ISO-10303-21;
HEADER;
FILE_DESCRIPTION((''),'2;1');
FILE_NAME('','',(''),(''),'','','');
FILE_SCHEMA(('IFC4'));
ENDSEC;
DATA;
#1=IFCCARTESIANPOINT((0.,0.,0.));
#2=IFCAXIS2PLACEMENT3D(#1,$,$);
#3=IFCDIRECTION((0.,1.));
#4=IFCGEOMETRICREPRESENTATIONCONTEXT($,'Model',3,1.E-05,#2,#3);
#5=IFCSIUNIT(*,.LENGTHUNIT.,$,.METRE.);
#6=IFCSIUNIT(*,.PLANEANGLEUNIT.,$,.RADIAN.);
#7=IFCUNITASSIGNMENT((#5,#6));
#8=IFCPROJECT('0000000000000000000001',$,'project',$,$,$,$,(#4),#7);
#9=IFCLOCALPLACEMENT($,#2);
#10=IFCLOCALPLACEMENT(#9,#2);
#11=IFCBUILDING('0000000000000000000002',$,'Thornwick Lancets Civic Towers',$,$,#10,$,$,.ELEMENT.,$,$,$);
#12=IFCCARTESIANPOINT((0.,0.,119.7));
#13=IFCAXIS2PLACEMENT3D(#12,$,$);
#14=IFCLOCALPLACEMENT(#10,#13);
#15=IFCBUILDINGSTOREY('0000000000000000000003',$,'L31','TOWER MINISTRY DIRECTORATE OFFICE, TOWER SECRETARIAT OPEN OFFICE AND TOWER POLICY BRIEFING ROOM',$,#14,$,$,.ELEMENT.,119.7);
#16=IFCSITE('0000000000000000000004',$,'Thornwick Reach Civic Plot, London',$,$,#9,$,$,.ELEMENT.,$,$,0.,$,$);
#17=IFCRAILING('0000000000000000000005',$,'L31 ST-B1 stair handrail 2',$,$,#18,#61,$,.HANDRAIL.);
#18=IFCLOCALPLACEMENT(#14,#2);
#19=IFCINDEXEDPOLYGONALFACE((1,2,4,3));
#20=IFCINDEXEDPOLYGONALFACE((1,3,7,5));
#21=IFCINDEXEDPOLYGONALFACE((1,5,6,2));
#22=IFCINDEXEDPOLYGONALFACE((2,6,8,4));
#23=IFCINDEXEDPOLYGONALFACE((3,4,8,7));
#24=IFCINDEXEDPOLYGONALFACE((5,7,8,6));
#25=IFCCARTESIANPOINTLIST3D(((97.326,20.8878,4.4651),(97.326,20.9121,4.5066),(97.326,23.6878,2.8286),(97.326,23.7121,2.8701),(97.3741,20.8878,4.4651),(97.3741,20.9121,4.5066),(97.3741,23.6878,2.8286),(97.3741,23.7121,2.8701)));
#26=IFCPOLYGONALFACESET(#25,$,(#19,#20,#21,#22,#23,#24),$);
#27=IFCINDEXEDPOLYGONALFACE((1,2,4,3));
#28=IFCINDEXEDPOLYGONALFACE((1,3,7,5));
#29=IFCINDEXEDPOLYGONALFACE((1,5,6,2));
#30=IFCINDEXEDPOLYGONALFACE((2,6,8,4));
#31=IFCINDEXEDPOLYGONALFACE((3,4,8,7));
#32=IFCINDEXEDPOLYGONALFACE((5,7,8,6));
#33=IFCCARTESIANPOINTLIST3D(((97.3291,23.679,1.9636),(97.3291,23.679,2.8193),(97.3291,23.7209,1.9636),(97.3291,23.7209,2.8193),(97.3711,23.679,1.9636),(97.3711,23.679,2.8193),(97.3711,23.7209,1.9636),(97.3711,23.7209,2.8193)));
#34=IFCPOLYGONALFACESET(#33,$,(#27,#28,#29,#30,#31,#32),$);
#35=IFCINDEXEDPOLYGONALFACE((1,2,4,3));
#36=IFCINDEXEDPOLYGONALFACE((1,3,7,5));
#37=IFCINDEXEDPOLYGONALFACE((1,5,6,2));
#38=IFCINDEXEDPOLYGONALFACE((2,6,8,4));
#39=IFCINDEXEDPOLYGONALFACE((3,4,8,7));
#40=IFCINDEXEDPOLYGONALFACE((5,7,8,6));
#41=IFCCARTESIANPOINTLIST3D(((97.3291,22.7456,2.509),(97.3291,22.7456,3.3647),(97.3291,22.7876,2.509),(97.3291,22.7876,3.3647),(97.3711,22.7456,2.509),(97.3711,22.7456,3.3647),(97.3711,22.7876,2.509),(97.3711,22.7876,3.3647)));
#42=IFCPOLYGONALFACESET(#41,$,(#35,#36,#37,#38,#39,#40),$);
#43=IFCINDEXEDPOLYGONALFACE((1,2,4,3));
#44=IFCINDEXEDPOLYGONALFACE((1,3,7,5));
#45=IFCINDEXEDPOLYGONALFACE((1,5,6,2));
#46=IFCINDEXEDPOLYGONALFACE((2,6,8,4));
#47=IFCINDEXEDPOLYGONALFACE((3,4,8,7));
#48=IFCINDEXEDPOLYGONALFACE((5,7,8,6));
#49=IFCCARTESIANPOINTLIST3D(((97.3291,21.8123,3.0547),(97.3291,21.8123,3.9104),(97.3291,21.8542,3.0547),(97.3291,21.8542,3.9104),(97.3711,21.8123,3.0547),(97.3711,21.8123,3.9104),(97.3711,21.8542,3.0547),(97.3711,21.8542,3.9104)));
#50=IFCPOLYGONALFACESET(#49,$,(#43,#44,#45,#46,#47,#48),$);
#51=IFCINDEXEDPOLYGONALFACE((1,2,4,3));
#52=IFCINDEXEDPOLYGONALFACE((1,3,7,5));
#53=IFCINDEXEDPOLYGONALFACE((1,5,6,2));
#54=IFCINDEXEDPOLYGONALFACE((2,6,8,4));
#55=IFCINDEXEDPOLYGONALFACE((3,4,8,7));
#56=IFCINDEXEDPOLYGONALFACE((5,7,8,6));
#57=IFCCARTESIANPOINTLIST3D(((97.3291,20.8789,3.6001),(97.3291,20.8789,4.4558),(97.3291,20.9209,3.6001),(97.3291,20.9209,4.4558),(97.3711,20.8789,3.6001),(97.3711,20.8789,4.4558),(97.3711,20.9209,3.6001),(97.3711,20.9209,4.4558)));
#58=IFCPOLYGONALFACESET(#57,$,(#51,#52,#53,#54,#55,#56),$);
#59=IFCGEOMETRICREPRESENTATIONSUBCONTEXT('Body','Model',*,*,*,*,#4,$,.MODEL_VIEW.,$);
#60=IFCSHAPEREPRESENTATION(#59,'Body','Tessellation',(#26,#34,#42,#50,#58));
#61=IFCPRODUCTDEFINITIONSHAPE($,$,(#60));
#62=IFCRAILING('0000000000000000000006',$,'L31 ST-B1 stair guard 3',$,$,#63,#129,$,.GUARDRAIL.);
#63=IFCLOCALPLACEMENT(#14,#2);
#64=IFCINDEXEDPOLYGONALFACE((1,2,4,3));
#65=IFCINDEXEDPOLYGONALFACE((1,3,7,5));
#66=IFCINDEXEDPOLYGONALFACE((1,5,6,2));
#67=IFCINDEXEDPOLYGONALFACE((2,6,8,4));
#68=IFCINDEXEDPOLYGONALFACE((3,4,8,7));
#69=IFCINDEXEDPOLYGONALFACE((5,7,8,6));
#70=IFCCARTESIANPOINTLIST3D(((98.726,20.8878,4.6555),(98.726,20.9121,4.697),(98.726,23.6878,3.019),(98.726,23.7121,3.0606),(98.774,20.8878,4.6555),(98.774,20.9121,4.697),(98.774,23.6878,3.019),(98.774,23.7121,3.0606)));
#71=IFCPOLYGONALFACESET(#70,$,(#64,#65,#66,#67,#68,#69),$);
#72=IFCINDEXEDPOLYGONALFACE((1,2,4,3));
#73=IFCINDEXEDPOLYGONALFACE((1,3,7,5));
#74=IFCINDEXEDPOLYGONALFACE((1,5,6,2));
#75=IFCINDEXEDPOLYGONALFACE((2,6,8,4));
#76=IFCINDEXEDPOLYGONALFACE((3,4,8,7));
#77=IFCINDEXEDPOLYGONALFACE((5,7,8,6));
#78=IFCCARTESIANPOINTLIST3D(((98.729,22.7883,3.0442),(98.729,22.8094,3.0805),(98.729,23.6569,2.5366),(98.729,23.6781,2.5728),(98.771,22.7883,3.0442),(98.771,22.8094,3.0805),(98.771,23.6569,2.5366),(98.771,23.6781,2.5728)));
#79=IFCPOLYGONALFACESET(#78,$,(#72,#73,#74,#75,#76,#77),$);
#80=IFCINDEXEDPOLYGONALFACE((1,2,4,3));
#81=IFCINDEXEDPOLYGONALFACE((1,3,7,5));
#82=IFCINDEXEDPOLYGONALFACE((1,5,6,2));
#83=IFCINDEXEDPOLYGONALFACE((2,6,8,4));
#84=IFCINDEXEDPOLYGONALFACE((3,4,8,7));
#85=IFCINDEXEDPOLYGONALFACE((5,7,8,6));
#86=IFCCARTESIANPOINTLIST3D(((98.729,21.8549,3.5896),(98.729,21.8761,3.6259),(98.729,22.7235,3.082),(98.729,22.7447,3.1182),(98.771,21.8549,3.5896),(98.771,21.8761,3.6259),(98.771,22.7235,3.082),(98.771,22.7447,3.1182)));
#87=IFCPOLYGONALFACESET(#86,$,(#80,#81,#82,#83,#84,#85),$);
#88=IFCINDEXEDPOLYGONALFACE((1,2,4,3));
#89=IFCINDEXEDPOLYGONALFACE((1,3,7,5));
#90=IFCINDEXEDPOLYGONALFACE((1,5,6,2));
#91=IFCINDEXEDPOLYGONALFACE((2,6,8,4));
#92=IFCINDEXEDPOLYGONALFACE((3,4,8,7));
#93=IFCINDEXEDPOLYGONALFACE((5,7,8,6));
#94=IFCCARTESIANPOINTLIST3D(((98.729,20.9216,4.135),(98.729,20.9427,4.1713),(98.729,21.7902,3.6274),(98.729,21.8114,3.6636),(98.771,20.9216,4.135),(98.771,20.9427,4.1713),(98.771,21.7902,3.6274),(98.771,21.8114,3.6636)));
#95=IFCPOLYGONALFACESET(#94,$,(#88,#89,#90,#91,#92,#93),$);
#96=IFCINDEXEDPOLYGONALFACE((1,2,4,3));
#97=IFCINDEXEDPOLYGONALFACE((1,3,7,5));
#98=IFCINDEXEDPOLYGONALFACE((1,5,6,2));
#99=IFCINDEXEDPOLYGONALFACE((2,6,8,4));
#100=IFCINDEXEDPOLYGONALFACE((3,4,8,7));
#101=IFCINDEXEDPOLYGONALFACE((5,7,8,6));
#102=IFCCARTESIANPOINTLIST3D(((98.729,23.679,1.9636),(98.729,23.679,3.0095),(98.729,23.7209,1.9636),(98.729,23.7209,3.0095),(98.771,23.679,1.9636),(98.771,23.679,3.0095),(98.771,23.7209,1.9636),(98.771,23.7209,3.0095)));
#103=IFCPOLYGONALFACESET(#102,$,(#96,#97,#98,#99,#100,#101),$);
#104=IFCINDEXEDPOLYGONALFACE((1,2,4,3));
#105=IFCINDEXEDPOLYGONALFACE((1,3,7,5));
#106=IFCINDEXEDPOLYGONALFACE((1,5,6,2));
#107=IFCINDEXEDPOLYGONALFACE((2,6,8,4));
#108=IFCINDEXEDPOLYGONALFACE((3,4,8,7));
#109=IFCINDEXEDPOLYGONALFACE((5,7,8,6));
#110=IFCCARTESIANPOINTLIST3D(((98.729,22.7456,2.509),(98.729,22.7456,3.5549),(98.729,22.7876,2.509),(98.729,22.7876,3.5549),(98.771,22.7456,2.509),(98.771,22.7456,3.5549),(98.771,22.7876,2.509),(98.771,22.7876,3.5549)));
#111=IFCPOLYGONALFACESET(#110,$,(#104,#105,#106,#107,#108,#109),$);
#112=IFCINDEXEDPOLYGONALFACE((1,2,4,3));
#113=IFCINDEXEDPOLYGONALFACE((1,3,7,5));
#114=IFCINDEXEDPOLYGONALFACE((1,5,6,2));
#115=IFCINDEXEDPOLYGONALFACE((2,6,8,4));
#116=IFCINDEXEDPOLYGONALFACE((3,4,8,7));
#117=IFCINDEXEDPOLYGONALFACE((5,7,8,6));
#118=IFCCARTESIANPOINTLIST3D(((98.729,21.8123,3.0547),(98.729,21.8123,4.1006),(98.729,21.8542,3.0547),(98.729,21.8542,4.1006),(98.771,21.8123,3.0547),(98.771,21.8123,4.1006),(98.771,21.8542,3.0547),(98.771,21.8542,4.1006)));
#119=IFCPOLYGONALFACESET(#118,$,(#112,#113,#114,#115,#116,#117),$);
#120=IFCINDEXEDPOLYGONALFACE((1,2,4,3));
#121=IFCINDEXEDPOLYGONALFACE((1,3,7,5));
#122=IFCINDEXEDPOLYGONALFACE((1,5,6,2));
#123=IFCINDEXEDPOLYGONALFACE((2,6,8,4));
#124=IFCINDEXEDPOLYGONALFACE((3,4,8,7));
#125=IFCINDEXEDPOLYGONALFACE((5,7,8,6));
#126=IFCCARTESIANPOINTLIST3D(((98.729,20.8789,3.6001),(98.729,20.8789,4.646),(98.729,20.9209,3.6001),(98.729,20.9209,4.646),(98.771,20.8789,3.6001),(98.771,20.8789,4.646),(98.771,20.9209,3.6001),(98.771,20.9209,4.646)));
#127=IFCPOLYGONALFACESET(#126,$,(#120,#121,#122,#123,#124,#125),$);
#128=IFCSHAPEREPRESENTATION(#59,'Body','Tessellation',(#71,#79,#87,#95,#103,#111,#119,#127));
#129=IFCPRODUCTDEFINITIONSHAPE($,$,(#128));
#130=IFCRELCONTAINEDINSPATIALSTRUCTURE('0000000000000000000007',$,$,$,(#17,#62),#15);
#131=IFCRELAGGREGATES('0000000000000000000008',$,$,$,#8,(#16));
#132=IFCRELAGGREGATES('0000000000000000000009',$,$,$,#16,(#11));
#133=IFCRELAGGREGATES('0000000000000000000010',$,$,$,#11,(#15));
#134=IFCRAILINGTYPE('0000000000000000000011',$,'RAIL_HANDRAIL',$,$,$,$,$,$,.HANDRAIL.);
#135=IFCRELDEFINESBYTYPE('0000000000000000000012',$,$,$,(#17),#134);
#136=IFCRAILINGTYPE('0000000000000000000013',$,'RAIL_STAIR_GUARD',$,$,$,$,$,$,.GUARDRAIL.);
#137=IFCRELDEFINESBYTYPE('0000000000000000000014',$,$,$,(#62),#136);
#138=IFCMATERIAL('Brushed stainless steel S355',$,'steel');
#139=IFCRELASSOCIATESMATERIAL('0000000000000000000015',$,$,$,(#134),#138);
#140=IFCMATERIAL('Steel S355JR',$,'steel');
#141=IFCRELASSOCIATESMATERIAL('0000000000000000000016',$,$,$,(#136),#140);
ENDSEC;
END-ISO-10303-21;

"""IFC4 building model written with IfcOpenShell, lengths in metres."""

from ifc_helpers import new_model, si_unit, direction, frame, origin, origin_2d, place, context, subcontext, project, spatial, rectangle, extrude, material, type_object, element, save


model = new_model("IFC4")

# Units and contexts
model_context = context("Model", 3, precision=1e-05, world=origin(), true_north=direction((0.0, 1.0)))
body_context = subcontext(model_context, "Body", "Model", "MODEL_VIEW")
ifc_project = project(units=[si_unit("LENGTHUNIT", "METRE"), si_unit("PLANEANGLEUNIT", "RADIAN")], contexts=[model_context])

# Site, building, storey
site_placement = place(None, origin())
site = spatial("IfcSite", under=ifc_project, at=site_placement, Name="Thornwick Reach Civic Plot, London", CompositionType="ELEMENT", RefElevation=0.0)
building_placement = place(site_placement, origin())
building = spatial("IfcBuilding", under=site, at=building_placement, Name="Thornwick Lancets Civic Towers", CompositionType="ELEMENT")
storey_placement = place(building_placement, frame((0.0, 0.0, 119.7)))
storey = spatial("IfcBuildingStorey", under=building, at=storey_placement, Name="L31", Description="TOWER MINISTRY DIRECTORATE OFFICE, TOWER SECRETARIAT OPEN OFFICE AND TOWER POLICY BRIEFING ROOM", CompositionType="ELEMENT", Elevation=119.7)

# Shared definitions
ifc_material_1 = material(Name="Steel S355JR", Category="steel")

# Railings
ifc_material_2 = material(Name="Brushed stainless steel S355", Category="steel")
railing_type_1 = type_object("IfcRailingType", Name="RAIL_HANDRAIL", PredefinedType="HANDRAIL", material=ifc_material_2)
railing_1_placement = place(storey_placement, frame((97.3501, 23.7, 1.9636)))
element("IfcRailing", 1, at=railing_1_placement, inside=storey, type_object=railing_type_1, Name="L31 ST-B1 stair handrail 2", PredefinedType="HANDRAIL", context=body_context, shape_type="SweptSolid", body=[
    extrude(rectangle(XDim=0.0481, YDim=0.0481, at=origin_2d()), frame((0.0, 0.0, 0.8857), z_axis=(0.0, -0.863361, 0.504587), x_axis=(1.0, 0.0, 0.0)), (0.0, 0.0, 1.0), 3.2432),
    extrude(rectangle(XDim=0.042, YDim=0.042, at=origin_2d()), origin(), (0.0, 0.0, 1.0), 0.8557),
    extrude(rectangle(XDim=0.042, YDim=0.042, at=origin_2d()), frame((0.0, -0.9333, 0.5454)), (0.0, 0.0, 1.0), 0.8557),
    extrude(rectangle(XDim=0.042, YDim=0.042, at=origin_2d()), frame((0.0, -1.8667, 1.0911)), (0.0, 0.0, 1.0), 0.8557),
    extrude(rectangle(XDim=0.042, YDim=0.042, at=origin_2d()), frame((0.0, -2.8, 1.6365)), (0.0, 0.0, 1.0), 0.8557),
])
railing_type_2 = type_object("IfcRailingType", Name="RAIL_STAIR_GUARD", PredefinedType="GUARDRAIL", material=ifc_material_1)
railing_2_placement = place(storey_placement, frame((98.75, 23.7, 1.9636)))
element("IfcRailing", 2, at=railing_2_placement, inside=storey, type_object=railing_type_2, Name="L31 ST-B1 stair guard 3", PredefinedType="GUARDRAIL", context=body_context, shape_type="SweptSolid", body=[
    extrude(rectangle(XDim=0.0481, YDim=0.0481, at=origin_2d()), frame((0.0, 0.0, 1.0762), z_axis=(0.0, -0.863361, 0.504587), x_axis=(1.0, 0.0, 0.0)), (0.0, 0.0, 1.0), 3.2432),
    extrude(rectangle(XDim=0.042, YDim=0.042, at=origin_2d()), frame((0.0, -0.0325, 0.5911), z_axis=(0.0, -0.863361, 0.504587), x_axis=(1.0, 0.0, 0.0)), (0.0, 0.0, 1.0), 1.0061),
    extrude(rectangle(XDim=0.042, YDim=0.042, at=origin_2d()), frame((0.0, -0.9658, 1.1365), z_axis=(0.0, -0.863361, 0.504587), x_axis=(1.0, 0.0, 0.0)), (0.0, 0.0, 1.0), 1.0061),
    extrude(rectangle(XDim=0.042, YDim=0.042, at=origin_2d()), frame((0.0, -1.8992, 1.6819), z_axis=(0.0, -0.863361, 0.504587), x_axis=(1.0, 0.0, 0.0)), (0.0, 0.0, 1.0), 1.0061),
    extrude(rectangle(XDim=0.042, YDim=0.042, at=origin_2d()), origin(), (0.0, 0.0, 1.0), 1.0459),
    extrude(rectangle(XDim=0.042, YDim=0.042, at=origin_2d()), frame((0.0, -0.9333, 0.5454)), (0.0, 0.0, 1.0), 1.0459),
    extrude(rectangle(XDim=0.042, YDim=0.042, at=origin_2d()), frame((0.0, -1.8667, 1.0911)), (0.0, 0.0, 1.0), 1.0459),
    extrude(rectangle(XDim=0.042, YDim=0.042, at=origin_2d()), frame((0.0, -2.8, 1.6365)), (0.0, 0.0, 1.0), 1.0459),
])

save(model, "model.ifc")
